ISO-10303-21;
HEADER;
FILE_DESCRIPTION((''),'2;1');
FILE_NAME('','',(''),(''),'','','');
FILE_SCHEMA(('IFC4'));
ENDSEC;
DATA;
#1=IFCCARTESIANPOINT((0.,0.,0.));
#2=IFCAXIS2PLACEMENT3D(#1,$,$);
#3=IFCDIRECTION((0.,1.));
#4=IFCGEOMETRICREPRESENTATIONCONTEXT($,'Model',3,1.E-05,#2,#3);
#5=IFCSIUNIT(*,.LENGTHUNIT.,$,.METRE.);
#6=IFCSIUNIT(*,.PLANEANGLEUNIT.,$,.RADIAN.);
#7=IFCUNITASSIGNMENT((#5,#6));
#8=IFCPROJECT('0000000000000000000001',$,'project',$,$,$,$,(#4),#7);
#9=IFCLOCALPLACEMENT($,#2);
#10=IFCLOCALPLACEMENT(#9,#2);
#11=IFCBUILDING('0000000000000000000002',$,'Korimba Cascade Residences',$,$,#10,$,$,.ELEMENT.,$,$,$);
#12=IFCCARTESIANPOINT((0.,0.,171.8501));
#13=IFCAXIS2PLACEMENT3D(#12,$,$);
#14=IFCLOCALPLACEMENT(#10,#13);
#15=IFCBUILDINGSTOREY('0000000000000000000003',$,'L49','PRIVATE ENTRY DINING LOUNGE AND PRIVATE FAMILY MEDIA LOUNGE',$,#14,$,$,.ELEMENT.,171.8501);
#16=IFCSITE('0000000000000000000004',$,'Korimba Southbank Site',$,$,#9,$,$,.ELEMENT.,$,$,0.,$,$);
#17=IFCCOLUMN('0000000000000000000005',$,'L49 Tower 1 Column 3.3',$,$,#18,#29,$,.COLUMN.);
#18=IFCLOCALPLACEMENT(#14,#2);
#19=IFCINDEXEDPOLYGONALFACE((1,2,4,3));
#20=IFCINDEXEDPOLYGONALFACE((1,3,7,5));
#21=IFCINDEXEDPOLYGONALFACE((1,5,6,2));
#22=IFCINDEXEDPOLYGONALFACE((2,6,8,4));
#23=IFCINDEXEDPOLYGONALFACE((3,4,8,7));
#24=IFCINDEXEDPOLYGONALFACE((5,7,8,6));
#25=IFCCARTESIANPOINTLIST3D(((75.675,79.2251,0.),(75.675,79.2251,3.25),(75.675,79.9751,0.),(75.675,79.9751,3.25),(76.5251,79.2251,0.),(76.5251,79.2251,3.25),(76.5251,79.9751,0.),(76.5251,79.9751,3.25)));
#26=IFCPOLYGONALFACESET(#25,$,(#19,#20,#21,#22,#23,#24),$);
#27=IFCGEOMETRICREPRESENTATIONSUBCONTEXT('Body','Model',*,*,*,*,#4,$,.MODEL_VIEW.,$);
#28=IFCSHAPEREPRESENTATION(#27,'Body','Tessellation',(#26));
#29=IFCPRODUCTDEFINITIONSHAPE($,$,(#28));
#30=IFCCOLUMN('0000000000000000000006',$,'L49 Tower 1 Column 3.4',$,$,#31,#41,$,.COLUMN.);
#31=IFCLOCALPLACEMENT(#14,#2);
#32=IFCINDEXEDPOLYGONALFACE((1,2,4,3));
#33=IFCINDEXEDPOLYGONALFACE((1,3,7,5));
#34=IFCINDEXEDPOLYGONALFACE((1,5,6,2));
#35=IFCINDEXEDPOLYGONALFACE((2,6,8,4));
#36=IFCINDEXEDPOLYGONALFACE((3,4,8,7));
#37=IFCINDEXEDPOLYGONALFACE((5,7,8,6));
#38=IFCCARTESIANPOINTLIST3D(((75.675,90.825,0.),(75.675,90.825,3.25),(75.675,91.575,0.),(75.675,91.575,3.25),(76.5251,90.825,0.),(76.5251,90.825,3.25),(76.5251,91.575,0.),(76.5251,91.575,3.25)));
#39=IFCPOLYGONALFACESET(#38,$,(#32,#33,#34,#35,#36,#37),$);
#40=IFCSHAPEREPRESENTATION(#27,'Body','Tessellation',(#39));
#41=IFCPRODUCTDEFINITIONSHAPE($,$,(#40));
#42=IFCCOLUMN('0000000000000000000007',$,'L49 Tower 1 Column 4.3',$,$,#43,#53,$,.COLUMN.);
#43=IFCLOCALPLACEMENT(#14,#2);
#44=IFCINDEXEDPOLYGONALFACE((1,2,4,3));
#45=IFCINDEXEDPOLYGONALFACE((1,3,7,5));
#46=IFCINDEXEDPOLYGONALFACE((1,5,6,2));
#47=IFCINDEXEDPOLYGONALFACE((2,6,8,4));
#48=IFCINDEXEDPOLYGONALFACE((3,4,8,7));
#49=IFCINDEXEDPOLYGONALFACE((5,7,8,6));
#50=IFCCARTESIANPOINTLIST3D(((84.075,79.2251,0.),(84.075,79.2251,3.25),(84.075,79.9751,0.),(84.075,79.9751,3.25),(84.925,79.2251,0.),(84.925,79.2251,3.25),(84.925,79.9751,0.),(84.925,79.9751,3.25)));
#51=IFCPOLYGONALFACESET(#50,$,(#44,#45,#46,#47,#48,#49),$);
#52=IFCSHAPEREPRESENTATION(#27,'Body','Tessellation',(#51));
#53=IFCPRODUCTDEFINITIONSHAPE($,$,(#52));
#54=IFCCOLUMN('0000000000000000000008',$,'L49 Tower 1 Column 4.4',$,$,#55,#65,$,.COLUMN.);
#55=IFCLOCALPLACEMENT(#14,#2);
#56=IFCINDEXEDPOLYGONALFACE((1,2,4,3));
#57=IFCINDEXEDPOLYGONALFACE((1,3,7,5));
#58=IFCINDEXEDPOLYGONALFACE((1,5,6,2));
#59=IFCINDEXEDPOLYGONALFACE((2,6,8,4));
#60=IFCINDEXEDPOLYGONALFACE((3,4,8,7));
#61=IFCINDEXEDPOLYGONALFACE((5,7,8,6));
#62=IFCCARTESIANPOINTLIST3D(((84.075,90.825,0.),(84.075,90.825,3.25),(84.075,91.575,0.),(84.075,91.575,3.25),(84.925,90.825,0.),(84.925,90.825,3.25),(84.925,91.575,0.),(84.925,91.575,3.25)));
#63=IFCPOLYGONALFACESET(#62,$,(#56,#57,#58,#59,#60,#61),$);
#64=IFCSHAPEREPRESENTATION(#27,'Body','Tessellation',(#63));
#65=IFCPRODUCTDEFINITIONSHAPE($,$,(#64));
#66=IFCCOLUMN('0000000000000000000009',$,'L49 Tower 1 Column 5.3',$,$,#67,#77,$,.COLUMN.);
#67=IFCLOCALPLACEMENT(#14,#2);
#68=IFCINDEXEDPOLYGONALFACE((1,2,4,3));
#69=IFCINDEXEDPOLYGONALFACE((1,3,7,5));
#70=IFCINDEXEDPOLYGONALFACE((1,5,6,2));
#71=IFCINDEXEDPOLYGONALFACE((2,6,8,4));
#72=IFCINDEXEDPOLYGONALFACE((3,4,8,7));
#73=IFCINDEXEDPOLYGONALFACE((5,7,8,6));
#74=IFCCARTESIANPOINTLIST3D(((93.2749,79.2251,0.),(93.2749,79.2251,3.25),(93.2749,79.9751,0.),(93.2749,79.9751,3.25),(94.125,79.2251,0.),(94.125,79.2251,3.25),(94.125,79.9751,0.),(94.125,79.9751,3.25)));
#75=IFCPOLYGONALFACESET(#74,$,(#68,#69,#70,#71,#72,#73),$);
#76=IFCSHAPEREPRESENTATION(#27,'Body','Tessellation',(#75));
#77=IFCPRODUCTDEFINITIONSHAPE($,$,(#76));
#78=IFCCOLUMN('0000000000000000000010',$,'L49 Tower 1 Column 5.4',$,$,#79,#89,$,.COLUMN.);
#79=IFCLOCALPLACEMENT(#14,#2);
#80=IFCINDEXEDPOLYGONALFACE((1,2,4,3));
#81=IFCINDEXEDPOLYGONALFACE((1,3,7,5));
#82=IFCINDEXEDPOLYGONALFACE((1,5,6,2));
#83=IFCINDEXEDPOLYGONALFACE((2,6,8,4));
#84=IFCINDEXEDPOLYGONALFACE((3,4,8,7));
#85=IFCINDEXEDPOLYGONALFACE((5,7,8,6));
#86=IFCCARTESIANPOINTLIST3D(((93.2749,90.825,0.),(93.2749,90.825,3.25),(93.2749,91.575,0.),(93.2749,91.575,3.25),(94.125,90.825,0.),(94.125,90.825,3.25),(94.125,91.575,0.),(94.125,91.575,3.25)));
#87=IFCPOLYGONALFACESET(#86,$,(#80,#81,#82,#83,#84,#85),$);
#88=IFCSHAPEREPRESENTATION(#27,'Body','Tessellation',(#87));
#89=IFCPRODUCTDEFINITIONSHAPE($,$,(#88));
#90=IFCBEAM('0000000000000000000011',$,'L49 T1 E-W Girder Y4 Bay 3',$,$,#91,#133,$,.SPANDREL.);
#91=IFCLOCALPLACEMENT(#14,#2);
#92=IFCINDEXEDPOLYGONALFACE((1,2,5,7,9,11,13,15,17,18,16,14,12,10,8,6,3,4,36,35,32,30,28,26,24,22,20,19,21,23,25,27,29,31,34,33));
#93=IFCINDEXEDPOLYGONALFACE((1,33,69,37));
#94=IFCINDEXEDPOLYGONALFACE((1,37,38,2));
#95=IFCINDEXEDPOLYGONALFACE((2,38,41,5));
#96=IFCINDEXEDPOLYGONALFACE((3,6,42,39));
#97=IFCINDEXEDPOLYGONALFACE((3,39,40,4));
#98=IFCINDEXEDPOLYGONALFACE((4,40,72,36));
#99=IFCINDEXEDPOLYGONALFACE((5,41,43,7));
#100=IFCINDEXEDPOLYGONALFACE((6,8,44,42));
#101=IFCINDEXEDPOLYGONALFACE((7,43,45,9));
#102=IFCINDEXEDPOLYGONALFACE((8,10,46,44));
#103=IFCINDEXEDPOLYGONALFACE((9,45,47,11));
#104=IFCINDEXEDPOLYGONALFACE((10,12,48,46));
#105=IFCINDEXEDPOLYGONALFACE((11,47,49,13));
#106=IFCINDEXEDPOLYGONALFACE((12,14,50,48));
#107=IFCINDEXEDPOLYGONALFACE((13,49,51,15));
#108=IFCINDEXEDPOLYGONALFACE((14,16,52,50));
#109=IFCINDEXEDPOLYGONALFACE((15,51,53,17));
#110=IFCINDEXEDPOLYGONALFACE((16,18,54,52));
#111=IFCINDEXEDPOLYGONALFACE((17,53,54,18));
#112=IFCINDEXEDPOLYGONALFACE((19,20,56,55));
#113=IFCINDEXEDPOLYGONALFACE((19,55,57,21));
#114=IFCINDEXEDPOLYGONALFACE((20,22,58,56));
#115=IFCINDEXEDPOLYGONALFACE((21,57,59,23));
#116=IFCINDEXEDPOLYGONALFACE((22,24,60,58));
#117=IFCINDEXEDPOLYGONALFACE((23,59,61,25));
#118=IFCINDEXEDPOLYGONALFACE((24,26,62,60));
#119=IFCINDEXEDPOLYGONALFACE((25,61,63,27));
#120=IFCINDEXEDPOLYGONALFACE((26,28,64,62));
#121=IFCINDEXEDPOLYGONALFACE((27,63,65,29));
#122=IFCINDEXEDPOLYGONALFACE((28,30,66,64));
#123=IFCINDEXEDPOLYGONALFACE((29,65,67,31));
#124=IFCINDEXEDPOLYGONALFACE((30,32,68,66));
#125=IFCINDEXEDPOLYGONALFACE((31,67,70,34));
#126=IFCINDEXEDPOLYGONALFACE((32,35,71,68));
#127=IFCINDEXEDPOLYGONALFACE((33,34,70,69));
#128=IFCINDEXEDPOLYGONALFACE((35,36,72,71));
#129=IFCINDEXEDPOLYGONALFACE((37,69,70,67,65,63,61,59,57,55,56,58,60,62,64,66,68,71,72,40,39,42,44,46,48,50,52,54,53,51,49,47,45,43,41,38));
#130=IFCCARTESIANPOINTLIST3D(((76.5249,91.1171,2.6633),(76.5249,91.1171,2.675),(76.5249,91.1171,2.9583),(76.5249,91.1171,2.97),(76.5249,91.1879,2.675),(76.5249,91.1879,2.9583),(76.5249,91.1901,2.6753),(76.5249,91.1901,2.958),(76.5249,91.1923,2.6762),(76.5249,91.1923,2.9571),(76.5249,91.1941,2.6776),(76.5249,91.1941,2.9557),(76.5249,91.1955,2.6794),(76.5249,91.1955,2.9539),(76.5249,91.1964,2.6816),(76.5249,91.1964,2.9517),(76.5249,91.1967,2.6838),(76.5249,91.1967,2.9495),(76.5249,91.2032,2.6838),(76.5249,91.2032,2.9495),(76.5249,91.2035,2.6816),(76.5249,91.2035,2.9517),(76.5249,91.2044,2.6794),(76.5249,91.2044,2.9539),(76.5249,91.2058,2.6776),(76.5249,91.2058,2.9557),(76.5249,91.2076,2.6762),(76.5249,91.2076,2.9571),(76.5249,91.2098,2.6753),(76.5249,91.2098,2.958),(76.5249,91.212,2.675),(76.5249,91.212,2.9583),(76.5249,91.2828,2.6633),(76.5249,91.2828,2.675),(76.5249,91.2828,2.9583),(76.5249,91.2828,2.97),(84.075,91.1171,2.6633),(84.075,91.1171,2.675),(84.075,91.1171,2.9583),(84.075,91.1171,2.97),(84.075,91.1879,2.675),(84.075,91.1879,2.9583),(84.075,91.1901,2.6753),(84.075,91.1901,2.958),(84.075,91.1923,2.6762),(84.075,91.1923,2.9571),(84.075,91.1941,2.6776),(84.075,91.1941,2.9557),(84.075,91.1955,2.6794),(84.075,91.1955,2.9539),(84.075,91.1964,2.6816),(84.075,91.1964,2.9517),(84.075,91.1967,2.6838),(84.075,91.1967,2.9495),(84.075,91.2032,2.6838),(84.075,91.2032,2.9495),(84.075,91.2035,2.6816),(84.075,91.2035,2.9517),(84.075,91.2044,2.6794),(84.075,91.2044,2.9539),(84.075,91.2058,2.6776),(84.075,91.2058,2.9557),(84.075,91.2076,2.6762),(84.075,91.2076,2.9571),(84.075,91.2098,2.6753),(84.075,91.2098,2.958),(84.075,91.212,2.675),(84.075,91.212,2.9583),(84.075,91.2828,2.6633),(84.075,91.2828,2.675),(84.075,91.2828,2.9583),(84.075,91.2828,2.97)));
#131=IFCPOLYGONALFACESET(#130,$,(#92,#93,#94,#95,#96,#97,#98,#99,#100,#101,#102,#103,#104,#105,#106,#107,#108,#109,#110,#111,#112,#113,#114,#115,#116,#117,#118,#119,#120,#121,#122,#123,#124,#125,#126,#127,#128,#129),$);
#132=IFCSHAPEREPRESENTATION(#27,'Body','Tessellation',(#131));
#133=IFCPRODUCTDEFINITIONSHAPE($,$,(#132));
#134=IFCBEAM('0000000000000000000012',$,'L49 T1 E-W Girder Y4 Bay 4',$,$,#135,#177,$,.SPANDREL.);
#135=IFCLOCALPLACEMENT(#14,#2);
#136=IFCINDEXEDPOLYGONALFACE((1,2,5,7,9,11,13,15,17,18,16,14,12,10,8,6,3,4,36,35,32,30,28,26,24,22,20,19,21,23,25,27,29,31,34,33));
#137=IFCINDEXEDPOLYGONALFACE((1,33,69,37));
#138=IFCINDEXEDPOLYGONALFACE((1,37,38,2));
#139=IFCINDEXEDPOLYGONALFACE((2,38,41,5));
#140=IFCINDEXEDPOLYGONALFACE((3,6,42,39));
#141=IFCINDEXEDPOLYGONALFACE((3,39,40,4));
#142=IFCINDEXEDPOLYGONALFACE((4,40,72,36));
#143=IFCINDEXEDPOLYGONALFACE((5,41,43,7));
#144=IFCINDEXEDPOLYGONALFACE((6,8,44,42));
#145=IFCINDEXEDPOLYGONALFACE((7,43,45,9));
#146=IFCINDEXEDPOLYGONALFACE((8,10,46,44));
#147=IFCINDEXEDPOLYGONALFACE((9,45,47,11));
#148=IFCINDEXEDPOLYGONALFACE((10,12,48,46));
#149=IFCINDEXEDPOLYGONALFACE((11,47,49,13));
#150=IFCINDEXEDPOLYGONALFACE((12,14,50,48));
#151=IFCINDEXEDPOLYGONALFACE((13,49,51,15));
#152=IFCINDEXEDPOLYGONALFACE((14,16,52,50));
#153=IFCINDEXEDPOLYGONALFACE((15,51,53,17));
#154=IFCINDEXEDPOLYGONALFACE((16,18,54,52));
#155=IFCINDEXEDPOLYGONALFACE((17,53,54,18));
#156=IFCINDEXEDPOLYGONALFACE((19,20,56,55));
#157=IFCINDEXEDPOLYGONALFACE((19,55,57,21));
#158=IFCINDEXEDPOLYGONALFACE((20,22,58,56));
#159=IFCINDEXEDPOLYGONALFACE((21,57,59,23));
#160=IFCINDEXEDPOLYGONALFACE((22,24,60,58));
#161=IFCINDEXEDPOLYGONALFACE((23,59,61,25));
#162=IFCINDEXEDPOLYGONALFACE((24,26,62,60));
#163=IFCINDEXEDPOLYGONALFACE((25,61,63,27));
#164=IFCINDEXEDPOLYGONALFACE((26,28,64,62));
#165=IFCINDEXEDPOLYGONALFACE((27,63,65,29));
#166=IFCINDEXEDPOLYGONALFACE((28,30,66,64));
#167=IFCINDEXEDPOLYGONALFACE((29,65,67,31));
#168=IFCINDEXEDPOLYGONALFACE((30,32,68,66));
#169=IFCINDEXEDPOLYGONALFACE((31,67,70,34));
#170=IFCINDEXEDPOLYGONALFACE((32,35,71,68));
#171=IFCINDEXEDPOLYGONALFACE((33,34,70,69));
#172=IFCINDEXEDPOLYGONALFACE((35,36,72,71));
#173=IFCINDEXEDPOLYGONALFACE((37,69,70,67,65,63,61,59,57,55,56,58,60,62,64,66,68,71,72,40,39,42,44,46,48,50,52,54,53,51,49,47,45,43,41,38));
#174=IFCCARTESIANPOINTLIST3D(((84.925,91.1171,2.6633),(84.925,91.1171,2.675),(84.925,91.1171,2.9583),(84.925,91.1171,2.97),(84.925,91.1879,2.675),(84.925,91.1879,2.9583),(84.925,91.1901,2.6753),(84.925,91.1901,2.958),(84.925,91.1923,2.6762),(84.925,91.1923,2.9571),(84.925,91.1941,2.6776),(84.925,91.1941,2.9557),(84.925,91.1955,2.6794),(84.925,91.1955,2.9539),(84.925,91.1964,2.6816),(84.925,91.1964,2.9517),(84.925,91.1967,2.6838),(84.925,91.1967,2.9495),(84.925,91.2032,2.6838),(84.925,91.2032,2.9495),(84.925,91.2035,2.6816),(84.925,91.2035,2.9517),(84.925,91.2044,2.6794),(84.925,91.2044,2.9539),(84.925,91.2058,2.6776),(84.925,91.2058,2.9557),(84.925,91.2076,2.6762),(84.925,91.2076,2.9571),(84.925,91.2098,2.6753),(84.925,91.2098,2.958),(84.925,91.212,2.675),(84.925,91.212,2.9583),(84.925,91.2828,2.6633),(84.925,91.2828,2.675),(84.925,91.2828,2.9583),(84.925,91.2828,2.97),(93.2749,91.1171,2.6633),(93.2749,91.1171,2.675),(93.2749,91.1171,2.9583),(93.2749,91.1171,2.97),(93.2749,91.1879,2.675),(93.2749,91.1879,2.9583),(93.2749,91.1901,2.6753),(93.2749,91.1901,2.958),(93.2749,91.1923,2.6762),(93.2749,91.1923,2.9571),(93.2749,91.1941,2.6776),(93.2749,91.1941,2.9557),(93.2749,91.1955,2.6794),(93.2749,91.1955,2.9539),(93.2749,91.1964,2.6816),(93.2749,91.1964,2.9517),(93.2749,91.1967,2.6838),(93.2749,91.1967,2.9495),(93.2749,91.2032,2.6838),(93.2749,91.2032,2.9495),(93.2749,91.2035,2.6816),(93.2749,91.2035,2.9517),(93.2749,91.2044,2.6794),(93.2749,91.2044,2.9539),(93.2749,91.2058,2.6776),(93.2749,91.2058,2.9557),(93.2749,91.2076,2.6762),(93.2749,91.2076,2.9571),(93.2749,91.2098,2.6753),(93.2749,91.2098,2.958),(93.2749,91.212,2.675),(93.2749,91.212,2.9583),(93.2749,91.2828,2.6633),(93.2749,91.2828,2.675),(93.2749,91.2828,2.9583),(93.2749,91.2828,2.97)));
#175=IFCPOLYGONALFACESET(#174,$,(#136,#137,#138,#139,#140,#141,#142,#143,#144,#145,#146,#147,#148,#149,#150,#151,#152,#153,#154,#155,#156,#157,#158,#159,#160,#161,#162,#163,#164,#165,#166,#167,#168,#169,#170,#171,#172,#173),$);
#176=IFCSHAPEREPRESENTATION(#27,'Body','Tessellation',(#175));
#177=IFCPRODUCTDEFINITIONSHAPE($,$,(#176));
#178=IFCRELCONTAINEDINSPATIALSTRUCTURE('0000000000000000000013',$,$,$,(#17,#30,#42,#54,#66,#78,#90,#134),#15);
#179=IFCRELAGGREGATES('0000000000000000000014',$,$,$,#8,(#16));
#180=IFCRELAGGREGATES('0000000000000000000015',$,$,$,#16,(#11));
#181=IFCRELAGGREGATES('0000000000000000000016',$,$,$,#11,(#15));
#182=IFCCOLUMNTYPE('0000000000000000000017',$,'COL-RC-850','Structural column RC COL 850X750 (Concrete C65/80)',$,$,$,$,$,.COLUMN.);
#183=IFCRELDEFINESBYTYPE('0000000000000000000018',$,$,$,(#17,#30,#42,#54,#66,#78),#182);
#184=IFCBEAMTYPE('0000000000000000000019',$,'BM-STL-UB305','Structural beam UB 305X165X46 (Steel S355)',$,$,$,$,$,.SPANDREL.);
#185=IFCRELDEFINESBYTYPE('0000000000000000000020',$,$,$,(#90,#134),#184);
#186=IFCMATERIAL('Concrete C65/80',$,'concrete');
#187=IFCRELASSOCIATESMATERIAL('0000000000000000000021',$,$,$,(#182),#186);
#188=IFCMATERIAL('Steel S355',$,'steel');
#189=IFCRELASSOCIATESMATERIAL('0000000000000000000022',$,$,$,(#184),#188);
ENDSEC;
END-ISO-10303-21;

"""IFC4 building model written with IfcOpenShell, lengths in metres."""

from ifc_helpers import new_model, si_unit, direction, frame, origin, origin_2d, place, context, subcontext, project, spatial, rectangle, i_section, extrude, material, material_profile, profile_set, type_object, element, save


model = new_model("IFC4")

# Units and contexts
model_context = context("Model", 3, precision=1e-05, world=origin(), true_north=direction((0.0, 1.0)))
body_context = subcontext(model_context, "Body", "Model", "MODEL_VIEW")
ifc_project = project(units=[si_unit("LENGTHUNIT", "METRE"), si_unit("PLANEANGLEUNIT", "RADIAN")], contexts=[model_context])

# Site, building, storey
site_placement = place(None, origin())
site = spatial("IfcSite", under=ifc_project, at=site_placement, Name="Korimba Southbank Site", CompositionType="ELEMENT", RefElevation=0.0)
building_placement = place(site_placement, origin())
building = spatial("IfcBuilding", under=site, at=building_placement, Name="Korimba Cascade Residences", CompositionType="ELEMENT")
storey_placement = place(building_placement, frame((0.0, 0.0, 171.8501)))
storey = spatial("IfcBuildingStorey", under=building, at=storey_placement, Name="L49", Description="PRIVATE ENTRY DINING LOUNGE AND PRIVATE FAMILY MEDIA LOUNGE", CompositionType="ELEMENT", Elevation=171.8501)

# Columns
ifc_material_1 = material(Name="Concrete C65/80", Category="concrete")
ifc_material_profile_1 = material_profile(ifc_material_1, rectangle(XDim=0.8501, YDim=0.75, at=origin_2d()), Name="Concrete C65/80")
ifc_profile_set_1 = profile_set([ifc_material_profile_1], Name="Concrete C65/80")
column_type = type_object("IfcColumnType", Name="COL-RC-850", Description="Structural column RC COL 850X750 (Concrete C65/80)", PredefinedType="COLUMN", material=ifc_profile_set_1)
for number, where, z_axis, x_axis, name in (
    (1, (76.1001, 79.6001, 0.0), (0.0, 0.0, 1.0), (1.0, 0.0, 0.0), "L49 Tower 1 Column 3.3"),
    (2, (76.1001, 91.2, 0.0), (0.0, 0.0, 1.0), (1.0, 0.0, 0.0), "L49 Tower 1 Column 3.4"),
    (3, (84.5, 79.6001, 0.0), (0.0, 0.0, 1.0), (1.0, 0.0, 0.0), "L49 Tower 1 Column 4.3"),
    (4, (84.5, 91.2, 0.0), (0.0, 0.0, 1.0), (1.0, 0.0, 0.0), "L49 Tower 1 Column 4.4"),
    (5, (93.7, 79.6001, 0.0), (0.0, 0.0, 1.0), (1.0, 0.0, 0.0), "L49 Tower 1 Column 5.3"),
    (6, (93.7, 91.2, 0.0), (0.0, 0.0, 1.0), (1.0, 0.0, 0.0), "L49 Tower 1 Column 5.4"),
):
    element("IfcColumn", number, at=place(storey_placement, frame(where, z_axis=z_axis, x_axis=x_axis)), inside=storey, type_object=column_type, Name=name, PredefinedType="COLUMN", context=body_context, shape_type="SweptSolid", body=[
        extrude(rectangle(XDim=0.8501, YDim=0.75, at=origin_2d()), origin(), (0.0, 0.0, 1.0), 3.25),
    ])

# Beams
ifc_material_2 = material(Name="Steel S355", Category="steel")
ifc_material_profile_2 = material_profile(ifc_material_2, i_section(OverallWidth=0.1658, OverallDepth=0.3066, WebThickness=0.0066, FlangeThickness=0.0117, FilletRadius=0.0088, at=origin_2d()), Name="Steel S355")
ifc_profile_set_2 = profile_set([ifc_material_profile_2], Name="Steel S355")
beam_type_1 = type_object("IfcBeamType", Name="BM-STL-UB305", Description="Structural beam UB 305X165X46 (Steel S355)", PredefinedType="SPANDREL", material=ifc_profile_set_2)
beam_1_placement = place(storey_placement, frame((76.5249, 91.2, 2.8167), z_axis=(1.0, 0.0, 0.0), x_axis=(0.0, 1.0, 0.0)))
element("IfcBeam", 7, at=beam_1_placement, inside=storey, type_object=beam_type_1, Name="L49 T1 E-W Girder Y4 Bay 3", PredefinedType="SPANDREL", context=body_context, shape_type="SweptSolid", body=[
    extrude(i_section(OverallWidth=0.1658, OverallDepth=0.3066, WebThickness=0.0066, FlangeThickness=0.0117, FilletRadius=0.0088, at=origin_2d()), origin(), (0.0, 0.0, 1.0), 7.55),
])
beam_2_placement = place(storey_placement, frame((84.925, 91.2, 2.8167), z_axis=(1.0, 0.0, 0.0), x_axis=(0.0, 1.0, 0.0)))
element("IfcBeam", 8, at=beam_2_placement, inside=storey, type_object=beam_type_1, Name="L49 T1 E-W Girder Y4 Bay 4", PredefinedType="SPANDREL", context=body_context, shape_type="SweptSolid", body=[
    extrude(i_section(OverallWidth=0.1658, OverallDepth=0.3066, WebThickness=0.0066, FlangeThickness=0.0117, FilletRadius=0.0088, at=origin_2d()), origin(), (0.0, 0.0, 1.0), 8.3499),
])

save(model, "model.ifc")
